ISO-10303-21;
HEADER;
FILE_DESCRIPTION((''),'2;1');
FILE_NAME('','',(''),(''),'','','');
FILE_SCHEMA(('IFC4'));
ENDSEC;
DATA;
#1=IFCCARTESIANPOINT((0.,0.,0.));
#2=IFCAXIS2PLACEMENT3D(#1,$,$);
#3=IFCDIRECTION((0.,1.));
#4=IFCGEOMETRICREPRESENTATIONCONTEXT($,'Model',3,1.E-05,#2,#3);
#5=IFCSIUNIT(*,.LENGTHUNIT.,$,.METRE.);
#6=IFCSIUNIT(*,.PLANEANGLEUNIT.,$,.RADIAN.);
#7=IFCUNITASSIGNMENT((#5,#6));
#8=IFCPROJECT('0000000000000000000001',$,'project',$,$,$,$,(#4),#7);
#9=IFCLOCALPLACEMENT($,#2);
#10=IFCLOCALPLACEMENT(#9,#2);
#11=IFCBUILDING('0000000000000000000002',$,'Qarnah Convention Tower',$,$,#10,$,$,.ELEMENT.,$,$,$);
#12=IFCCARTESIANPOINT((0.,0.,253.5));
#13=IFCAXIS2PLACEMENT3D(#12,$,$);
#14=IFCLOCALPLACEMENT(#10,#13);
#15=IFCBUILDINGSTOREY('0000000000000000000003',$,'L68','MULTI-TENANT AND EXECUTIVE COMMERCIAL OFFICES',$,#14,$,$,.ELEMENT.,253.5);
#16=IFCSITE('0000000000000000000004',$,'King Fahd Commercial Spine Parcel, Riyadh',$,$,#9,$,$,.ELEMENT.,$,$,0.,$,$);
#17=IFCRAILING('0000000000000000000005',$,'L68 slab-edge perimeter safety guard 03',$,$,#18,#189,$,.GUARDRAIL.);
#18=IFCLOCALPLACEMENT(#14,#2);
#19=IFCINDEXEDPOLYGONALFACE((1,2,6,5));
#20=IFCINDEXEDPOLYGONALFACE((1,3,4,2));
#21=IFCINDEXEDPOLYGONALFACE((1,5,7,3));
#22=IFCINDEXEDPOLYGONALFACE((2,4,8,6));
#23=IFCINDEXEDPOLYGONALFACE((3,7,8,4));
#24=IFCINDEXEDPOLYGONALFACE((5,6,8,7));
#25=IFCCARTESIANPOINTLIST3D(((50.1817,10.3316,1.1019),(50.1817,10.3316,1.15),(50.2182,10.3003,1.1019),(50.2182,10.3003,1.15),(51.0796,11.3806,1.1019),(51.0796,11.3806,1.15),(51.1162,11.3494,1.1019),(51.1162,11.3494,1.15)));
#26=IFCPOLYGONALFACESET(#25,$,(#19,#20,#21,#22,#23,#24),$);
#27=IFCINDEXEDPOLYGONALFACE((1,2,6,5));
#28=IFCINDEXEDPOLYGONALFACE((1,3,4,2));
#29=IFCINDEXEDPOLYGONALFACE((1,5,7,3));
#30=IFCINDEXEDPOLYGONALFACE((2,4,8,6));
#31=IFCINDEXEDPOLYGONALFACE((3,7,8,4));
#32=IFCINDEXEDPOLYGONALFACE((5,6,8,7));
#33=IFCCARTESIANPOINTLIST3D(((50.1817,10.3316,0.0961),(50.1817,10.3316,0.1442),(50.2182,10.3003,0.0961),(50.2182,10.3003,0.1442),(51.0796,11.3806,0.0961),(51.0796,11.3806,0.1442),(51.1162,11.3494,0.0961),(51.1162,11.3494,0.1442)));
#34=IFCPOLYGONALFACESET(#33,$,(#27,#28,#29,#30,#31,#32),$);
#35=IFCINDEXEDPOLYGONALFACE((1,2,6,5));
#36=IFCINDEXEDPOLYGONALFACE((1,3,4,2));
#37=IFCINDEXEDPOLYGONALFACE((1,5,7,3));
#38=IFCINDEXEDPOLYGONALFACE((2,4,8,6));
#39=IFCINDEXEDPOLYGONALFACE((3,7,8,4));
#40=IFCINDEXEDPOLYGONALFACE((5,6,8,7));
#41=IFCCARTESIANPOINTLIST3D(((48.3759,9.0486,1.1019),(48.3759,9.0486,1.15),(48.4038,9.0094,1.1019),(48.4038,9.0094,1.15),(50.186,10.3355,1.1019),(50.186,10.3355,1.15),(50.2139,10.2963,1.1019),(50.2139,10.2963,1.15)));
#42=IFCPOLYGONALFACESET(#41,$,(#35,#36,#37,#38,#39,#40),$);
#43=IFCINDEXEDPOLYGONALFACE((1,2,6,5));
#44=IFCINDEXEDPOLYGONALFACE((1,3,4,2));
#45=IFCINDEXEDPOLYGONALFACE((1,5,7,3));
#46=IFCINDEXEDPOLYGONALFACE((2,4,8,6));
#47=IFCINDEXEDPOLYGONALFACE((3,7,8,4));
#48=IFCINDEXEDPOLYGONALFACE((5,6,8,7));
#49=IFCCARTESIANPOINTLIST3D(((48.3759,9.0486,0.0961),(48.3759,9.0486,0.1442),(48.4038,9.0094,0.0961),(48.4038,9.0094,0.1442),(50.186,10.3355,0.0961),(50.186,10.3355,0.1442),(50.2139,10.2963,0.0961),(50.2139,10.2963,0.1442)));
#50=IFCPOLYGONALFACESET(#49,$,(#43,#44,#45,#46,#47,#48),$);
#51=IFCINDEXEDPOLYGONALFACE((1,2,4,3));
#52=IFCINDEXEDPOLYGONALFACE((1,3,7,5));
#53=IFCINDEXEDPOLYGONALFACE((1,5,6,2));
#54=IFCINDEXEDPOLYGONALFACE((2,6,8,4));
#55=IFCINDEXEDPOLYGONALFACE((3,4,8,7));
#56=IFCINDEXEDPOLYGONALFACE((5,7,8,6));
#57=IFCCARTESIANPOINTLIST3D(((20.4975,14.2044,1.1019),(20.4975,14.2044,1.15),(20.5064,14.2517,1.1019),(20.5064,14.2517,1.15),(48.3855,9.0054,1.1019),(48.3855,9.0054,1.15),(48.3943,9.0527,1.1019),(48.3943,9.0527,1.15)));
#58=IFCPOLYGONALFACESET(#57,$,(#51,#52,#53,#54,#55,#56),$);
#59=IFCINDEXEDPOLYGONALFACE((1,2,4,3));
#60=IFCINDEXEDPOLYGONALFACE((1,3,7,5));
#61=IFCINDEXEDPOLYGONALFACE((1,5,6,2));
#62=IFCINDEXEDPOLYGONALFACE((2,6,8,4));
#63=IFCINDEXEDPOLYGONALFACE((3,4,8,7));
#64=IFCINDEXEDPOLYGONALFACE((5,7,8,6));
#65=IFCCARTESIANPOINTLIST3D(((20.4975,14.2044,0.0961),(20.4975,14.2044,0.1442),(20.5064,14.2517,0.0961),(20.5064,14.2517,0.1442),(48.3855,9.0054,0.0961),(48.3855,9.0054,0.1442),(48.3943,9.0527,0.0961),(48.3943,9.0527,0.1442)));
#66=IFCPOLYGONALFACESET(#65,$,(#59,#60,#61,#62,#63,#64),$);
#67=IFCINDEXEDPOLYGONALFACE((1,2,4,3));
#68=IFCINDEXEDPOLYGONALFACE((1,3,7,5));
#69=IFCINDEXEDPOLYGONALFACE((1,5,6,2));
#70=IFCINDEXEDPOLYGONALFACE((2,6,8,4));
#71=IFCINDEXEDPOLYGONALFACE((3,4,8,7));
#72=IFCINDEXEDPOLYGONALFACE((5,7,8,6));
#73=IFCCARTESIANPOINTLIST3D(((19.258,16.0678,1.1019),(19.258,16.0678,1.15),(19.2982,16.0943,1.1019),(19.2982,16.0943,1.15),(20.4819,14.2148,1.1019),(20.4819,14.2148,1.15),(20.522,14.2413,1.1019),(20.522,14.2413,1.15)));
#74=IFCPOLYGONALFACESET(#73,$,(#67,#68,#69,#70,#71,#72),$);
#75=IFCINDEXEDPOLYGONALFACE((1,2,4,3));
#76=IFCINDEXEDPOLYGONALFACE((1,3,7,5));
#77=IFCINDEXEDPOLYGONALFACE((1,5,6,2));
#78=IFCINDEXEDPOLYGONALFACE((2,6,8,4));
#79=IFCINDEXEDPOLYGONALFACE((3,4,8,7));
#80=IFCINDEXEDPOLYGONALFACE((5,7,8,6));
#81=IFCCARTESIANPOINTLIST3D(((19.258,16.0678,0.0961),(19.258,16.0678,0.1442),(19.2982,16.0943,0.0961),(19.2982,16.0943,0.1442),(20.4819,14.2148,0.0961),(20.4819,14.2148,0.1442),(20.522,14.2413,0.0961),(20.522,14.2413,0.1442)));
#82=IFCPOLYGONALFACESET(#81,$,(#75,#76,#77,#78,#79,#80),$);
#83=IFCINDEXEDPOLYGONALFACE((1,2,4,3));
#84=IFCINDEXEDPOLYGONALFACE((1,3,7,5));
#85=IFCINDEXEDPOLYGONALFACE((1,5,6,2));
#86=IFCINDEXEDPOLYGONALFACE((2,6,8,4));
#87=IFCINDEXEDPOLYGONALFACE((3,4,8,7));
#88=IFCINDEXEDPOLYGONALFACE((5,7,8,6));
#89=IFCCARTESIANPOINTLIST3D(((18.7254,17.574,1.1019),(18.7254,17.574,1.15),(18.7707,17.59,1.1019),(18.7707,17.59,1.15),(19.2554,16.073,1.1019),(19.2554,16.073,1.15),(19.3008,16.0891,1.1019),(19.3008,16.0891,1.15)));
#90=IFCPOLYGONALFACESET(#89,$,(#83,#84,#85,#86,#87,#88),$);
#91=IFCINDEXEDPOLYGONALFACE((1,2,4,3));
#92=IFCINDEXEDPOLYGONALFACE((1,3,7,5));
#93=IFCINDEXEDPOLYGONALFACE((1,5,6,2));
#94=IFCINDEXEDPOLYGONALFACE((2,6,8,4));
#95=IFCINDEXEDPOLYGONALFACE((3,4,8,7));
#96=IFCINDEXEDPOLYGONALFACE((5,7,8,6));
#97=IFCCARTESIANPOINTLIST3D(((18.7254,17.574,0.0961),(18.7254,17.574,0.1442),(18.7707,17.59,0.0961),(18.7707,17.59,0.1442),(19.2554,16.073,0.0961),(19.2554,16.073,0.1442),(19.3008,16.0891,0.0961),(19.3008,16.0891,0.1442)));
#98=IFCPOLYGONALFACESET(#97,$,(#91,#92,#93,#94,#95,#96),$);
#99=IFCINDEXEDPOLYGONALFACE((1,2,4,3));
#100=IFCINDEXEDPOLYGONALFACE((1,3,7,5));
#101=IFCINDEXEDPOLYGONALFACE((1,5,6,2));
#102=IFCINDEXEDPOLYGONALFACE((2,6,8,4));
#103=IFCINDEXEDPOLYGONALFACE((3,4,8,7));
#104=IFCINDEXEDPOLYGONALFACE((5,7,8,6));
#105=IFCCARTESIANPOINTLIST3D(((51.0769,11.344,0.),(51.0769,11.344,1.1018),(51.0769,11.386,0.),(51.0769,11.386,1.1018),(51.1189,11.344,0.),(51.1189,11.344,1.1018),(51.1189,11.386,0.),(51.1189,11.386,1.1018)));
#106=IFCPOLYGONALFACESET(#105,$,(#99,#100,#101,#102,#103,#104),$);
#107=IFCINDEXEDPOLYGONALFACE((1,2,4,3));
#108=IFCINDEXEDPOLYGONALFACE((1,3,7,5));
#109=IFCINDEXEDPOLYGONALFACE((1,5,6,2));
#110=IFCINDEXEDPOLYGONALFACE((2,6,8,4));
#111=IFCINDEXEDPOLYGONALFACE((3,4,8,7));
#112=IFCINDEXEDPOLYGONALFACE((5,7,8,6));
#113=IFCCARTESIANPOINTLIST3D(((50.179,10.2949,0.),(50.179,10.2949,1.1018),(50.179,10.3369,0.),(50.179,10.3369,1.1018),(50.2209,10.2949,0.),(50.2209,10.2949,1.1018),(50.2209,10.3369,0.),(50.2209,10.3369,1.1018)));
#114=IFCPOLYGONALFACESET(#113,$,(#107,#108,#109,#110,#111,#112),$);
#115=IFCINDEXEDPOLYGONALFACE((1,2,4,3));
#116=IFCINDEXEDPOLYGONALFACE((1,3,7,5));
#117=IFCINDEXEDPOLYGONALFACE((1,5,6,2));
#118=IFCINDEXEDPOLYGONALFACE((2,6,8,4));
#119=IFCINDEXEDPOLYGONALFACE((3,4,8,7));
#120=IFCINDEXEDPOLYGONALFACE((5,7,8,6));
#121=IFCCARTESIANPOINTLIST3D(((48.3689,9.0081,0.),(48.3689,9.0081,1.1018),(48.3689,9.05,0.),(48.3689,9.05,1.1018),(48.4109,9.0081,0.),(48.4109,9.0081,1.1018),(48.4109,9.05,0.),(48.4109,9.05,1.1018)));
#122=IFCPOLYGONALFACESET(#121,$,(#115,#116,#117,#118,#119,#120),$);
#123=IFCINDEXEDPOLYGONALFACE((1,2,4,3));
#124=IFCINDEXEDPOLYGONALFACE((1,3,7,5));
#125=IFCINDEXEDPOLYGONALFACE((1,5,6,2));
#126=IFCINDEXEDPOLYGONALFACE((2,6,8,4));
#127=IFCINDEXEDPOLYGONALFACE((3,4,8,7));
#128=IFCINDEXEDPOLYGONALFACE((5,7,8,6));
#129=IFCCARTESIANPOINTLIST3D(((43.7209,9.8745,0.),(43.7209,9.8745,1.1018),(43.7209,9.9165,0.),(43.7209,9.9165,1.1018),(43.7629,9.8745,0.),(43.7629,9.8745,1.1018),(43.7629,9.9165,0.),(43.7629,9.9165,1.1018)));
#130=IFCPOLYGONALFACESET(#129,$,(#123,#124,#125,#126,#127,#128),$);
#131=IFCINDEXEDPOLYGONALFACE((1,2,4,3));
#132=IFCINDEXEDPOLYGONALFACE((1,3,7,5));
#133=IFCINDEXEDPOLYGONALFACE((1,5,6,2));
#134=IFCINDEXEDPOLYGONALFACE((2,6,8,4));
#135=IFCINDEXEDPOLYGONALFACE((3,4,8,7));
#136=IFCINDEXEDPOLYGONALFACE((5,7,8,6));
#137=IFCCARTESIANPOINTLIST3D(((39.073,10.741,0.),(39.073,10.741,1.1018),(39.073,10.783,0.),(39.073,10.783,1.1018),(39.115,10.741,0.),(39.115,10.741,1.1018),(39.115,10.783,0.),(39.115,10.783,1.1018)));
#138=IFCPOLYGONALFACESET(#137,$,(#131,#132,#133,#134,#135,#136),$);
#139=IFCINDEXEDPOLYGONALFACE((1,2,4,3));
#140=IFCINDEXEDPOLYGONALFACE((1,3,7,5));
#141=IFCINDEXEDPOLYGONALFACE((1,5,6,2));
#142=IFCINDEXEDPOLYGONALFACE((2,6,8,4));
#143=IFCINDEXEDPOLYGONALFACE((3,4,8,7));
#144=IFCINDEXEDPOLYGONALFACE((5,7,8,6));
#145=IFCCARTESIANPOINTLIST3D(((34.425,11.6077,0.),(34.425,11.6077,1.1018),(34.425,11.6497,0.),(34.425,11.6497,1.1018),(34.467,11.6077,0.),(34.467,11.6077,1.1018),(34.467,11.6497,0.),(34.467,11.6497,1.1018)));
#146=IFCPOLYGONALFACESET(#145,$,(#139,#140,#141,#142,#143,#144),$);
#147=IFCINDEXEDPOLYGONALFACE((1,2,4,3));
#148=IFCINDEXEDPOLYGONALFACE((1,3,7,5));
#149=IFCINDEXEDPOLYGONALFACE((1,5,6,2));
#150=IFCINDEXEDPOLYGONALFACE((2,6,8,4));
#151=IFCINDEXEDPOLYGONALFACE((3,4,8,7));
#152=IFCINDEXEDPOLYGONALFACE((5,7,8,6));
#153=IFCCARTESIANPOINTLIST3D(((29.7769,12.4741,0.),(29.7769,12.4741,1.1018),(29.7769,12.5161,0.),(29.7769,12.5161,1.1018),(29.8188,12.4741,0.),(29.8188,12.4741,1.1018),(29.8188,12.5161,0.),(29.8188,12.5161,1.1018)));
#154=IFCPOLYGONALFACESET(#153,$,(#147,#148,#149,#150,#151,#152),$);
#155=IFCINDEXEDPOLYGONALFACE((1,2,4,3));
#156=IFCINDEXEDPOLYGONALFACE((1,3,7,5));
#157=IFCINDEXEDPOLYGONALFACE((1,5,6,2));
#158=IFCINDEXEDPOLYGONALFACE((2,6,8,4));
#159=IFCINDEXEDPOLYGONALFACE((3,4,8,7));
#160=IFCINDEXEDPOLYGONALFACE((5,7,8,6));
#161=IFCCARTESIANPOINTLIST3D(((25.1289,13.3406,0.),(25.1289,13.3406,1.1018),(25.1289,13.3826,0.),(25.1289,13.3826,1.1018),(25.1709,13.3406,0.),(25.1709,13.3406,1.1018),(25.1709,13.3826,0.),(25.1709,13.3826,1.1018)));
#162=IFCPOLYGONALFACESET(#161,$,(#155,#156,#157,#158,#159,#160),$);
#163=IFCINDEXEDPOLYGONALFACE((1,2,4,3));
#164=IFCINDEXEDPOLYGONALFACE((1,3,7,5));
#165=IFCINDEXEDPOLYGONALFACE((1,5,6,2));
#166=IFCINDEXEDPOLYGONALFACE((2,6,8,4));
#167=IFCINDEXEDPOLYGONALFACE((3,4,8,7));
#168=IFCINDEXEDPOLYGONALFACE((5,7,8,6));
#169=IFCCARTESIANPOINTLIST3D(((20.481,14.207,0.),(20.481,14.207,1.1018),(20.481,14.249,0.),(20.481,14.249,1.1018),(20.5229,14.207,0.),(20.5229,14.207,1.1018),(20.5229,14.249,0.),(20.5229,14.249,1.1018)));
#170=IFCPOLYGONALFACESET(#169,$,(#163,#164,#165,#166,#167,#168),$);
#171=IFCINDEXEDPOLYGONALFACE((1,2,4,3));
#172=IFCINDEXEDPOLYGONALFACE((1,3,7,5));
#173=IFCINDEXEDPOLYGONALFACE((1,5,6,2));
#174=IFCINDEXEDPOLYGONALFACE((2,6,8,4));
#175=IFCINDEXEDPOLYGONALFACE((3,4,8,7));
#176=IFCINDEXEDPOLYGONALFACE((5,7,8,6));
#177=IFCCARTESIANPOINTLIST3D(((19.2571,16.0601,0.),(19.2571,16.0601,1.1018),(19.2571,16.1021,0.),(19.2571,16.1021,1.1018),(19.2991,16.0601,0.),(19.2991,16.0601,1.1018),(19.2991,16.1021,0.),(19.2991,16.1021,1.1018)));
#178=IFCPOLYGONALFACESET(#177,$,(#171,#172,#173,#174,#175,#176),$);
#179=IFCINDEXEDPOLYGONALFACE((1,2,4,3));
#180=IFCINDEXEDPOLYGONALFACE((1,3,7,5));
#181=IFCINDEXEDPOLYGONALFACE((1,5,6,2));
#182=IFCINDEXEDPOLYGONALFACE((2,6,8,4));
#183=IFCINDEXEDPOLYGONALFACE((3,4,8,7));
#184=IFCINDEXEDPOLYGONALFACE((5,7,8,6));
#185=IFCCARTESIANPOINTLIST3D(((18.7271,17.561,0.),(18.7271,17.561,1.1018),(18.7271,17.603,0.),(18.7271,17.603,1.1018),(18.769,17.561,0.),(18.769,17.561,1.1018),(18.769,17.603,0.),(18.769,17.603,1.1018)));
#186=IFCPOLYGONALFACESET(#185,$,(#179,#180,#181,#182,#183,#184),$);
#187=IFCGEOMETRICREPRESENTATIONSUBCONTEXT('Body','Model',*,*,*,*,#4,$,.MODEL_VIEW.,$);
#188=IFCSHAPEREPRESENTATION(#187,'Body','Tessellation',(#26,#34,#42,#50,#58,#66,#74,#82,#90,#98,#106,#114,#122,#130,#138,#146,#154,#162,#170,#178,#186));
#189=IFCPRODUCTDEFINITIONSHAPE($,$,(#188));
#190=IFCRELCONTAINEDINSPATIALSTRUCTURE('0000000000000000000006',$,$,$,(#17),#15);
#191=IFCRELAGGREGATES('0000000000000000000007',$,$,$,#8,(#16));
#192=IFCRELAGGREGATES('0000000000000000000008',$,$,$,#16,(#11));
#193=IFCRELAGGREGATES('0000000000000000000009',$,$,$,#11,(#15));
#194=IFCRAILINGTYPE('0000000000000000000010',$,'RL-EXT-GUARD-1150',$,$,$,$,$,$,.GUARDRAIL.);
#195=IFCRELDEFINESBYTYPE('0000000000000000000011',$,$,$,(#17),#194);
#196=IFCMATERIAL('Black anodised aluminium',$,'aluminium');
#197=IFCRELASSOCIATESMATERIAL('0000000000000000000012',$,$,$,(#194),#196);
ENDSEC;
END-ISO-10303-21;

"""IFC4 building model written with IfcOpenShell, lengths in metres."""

from ifc_helpers import new_model, si_unit, direction, frame, origin, origin_2d, place, context, subcontext, project, spatial, rectangle, extrude, material, type_object, element, save


model = new_model("IFC4")

# Units and contexts
model_context = context("Model", 3, precision=1e-05, world=origin(), true_north=direction((0.0, 1.0)))
body_context = subcontext(model_context, "Body", "Model", "MODEL_VIEW")
ifc_project = project(units=[si_unit("LENGTHUNIT", "METRE"), si_unit("PLANEANGLEUNIT", "RADIAN")], contexts=[model_context])

# Site, building, storey
site_placement = place(None, origin())
site = spatial("IfcSite", under=ifc_project, at=site_placement, Name="King Fahd Commercial Spine Parcel, Riyadh", CompositionType="ELEMENT", RefElevation=0.0)
building_placement = place(site_placement, origin())
building = spatial("IfcBuilding", under=site, at=building_placement, Name="Qarnah Convention Tower", CompositionType="ELEMENT")
storey_placement = place(building_placement, frame((0.0, 0.0, 253.5)))
storey = spatial("IfcBuildingStorey", under=building, at=storey_placement, Name="L68", Description="MULTI-TENANT AND EXECUTIVE COMMERCIAL OFFICES", CompositionType="ELEMENT", Elevation=253.5)

# Shared definitions
ifc_material_1 = material(Name="Black anodised aluminium", Category="aluminium")

# Railing
railing_type = type_object("IfcRailingType", Name="RL-EXT-GUARD-1150", PredefinedType="GUARDRAIL", material=ifc_material_1)
railing_1_placement = place(storey_placement, frame((51.0979, 11.365, 0.0)))
element("IfcRailing", 1, at=railing_1_placement, inside=storey, type_object=railing_type, Name="L68 slab-edge perimeter safety guard 03", PredefinedType="GUARDRAIL", context=body_context, shape_type="SweptSolid", body=[
    extrude(rectangle(XDim=0.0481, YDim=0.0481, at=origin_2d()), frame((0.0, 0.0, 1.126), z_axis=(-0.650267, -0.759706, 0.0), x_axis=(0.759706, -0.650267, 0.0)), (0.0, 0.0, 1.0), 1.3809),
    extrude(rectangle(XDim=0.0481, YDim=0.0481, at=origin_2d()), frame((0.0, 0.0, 0.1201), z_axis=(-0.650267, -0.759706, 0.0), x_axis=(0.759706, -0.650267, 0.0)), (0.0, 0.0, 1.0), 1.3809),
    extrude(rectangle(XDim=0.0481, YDim=0.0481, at=origin_2d()), frame((-0.8979, -1.0491, 1.126), z_axis=(-0.815016, -0.579438, 0.0), x_axis=(0.579438, -0.815016, 0.0)), (0.0, 0.0, 1.0), 2.2209),
    extrude(rectangle(XDim=0.0481, YDim=0.0481, at=origin_2d()), frame((-0.8979, -1.0491, 0.1201), z_axis=(-0.815016, -0.579438, 0.0), x_axis=(0.579438, -0.815016, 0.0)), (0.0, 0.0, 1.0), 2.2209),
    extrude(rectangle(XDim=0.0481, YDim=0.0481, at=origin_2d()), frame((-2.708, -2.3359, 1.126), z_axis=(-0.983063, 0.183266, 0.0), x_axis=(-0.183266, -0.983063, 0.0)), (0.0, 0.0, 1.0), 28.3684),
    extrude(rectangle(XDim=0.0481, YDim=0.0481, at=origin_2d()), frame((-2.708, -2.3359, 0.1201), z_axis=(-0.983063, 0.183266, 0.0), x_axis=(-0.183266, -0.983063, 0.0)), (0.0, 0.0, 1.0), 28.3684),
    extrude(rectangle(XDim=0.0481, YDim=0.0481, at=origin_2d()), frame((-30.5959, 2.863, 1.126), z_axis=(-0.551118, 0.834427, 0.0), x_axis=(-0.834427, -0.551118, 0.0)), (0.0, 0.0, 1.0), 2.2207),
    extrude(rectangle(XDim=0.0481, YDim=0.0481, at=origin_2d()), frame((-30.5959, 2.863, 0.1201), z_axis=(-0.551118, 0.834427, 0.0), x_axis=(-0.834427, -0.551118, 0.0)), (0.0, 0.0, 1.0), 2.2207),
    extrude(rectangle(XDim=0.0481, YDim=0.0481, at=origin_2d()), frame((-31.8198, 4.7161, 1.126), z_axis=(-0.332973, 0.942937, 0.0), x_axis=(-0.942937, -0.332973, 0.0)), (0.0, 0.0, 1.0), 1.5918),
    extrude(rectangle(XDim=0.0481, YDim=0.0481, at=origin_2d()), frame((-31.8198, 4.7161, 0.1201), z_axis=(-0.332973, 0.942937, 0.0), x_axis=(-0.942937, -0.332973, 0.0)), (0.0, 0.0, 1.0), 1.5918),
    extrude(rectangle(XDim=0.042, YDim=0.042, at=origin_2d()), origin(), (0.0, 0.0, 1.0), 1.1018),
    extrude(rectangle(XDim=0.042, YDim=0.042, at=origin_2d()), frame((-0.8979, -1.0491, 0.0)), (0.0, 0.0, 1.0), 1.1018),
    extrude(rectangle(XDim=0.042, YDim=0.042, at=origin_2d()), frame((-2.708, -2.3359, 0.0)), (0.0, 0.0, 1.0), 1.1018),
    extrude(rectangle(XDim=0.042, YDim=0.042, at=origin_2d()), frame((-7.356, -1.4695, 0.0)), (0.0, 0.0, 1.0), 1.1018),
    extrude(rectangle(XDim=0.042, YDim=0.042, at=origin_2d()), frame((-12.0039, -0.603, 0.0)), (0.0, 0.0, 1.0), 1.1018),
    extrude(rectangle(XDim=0.042, YDim=0.042, at=origin_2d()), frame((-16.6519, 0.2637, 0.0)), (0.0, 0.0, 1.0), 1.1018),
    extrude(rectangle(XDim=0.042, YDim=0.042, at=origin_2d()), frame((-21.3, 1.1301, 0.0)), (0.0, 0.0, 1.0), 1.1018),
    extrude(rectangle(XDim=0.042, YDim=0.042, at=origin_2d()), frame((-25.948, 1.9966, 0.0)), (0.0, 0.0, 1.0), 1.1018),
    extrude(rectangle(XDim=0.042, YDim=0.042, at=origin_2d()), frame((-30.5959, 2.863, 0.0)), (0.0, 0.0, 1.0), 1.1018),
    extrude(rectangle(XDim=0.042, YDim=0.042, at=origin_2d()), frame((-31.8198, 4.7161, 0.0)), (0.0, 0.0, 1.0), 1.1018),
    extrude(rectangle(XDim=0.042, YDim=0.042, at=origin_2d()), frame((-32.3499, 6.217, 0.0)), (0.0, 0.0, 1.0), 1.1018),
])

save(model, "model.ifc")
